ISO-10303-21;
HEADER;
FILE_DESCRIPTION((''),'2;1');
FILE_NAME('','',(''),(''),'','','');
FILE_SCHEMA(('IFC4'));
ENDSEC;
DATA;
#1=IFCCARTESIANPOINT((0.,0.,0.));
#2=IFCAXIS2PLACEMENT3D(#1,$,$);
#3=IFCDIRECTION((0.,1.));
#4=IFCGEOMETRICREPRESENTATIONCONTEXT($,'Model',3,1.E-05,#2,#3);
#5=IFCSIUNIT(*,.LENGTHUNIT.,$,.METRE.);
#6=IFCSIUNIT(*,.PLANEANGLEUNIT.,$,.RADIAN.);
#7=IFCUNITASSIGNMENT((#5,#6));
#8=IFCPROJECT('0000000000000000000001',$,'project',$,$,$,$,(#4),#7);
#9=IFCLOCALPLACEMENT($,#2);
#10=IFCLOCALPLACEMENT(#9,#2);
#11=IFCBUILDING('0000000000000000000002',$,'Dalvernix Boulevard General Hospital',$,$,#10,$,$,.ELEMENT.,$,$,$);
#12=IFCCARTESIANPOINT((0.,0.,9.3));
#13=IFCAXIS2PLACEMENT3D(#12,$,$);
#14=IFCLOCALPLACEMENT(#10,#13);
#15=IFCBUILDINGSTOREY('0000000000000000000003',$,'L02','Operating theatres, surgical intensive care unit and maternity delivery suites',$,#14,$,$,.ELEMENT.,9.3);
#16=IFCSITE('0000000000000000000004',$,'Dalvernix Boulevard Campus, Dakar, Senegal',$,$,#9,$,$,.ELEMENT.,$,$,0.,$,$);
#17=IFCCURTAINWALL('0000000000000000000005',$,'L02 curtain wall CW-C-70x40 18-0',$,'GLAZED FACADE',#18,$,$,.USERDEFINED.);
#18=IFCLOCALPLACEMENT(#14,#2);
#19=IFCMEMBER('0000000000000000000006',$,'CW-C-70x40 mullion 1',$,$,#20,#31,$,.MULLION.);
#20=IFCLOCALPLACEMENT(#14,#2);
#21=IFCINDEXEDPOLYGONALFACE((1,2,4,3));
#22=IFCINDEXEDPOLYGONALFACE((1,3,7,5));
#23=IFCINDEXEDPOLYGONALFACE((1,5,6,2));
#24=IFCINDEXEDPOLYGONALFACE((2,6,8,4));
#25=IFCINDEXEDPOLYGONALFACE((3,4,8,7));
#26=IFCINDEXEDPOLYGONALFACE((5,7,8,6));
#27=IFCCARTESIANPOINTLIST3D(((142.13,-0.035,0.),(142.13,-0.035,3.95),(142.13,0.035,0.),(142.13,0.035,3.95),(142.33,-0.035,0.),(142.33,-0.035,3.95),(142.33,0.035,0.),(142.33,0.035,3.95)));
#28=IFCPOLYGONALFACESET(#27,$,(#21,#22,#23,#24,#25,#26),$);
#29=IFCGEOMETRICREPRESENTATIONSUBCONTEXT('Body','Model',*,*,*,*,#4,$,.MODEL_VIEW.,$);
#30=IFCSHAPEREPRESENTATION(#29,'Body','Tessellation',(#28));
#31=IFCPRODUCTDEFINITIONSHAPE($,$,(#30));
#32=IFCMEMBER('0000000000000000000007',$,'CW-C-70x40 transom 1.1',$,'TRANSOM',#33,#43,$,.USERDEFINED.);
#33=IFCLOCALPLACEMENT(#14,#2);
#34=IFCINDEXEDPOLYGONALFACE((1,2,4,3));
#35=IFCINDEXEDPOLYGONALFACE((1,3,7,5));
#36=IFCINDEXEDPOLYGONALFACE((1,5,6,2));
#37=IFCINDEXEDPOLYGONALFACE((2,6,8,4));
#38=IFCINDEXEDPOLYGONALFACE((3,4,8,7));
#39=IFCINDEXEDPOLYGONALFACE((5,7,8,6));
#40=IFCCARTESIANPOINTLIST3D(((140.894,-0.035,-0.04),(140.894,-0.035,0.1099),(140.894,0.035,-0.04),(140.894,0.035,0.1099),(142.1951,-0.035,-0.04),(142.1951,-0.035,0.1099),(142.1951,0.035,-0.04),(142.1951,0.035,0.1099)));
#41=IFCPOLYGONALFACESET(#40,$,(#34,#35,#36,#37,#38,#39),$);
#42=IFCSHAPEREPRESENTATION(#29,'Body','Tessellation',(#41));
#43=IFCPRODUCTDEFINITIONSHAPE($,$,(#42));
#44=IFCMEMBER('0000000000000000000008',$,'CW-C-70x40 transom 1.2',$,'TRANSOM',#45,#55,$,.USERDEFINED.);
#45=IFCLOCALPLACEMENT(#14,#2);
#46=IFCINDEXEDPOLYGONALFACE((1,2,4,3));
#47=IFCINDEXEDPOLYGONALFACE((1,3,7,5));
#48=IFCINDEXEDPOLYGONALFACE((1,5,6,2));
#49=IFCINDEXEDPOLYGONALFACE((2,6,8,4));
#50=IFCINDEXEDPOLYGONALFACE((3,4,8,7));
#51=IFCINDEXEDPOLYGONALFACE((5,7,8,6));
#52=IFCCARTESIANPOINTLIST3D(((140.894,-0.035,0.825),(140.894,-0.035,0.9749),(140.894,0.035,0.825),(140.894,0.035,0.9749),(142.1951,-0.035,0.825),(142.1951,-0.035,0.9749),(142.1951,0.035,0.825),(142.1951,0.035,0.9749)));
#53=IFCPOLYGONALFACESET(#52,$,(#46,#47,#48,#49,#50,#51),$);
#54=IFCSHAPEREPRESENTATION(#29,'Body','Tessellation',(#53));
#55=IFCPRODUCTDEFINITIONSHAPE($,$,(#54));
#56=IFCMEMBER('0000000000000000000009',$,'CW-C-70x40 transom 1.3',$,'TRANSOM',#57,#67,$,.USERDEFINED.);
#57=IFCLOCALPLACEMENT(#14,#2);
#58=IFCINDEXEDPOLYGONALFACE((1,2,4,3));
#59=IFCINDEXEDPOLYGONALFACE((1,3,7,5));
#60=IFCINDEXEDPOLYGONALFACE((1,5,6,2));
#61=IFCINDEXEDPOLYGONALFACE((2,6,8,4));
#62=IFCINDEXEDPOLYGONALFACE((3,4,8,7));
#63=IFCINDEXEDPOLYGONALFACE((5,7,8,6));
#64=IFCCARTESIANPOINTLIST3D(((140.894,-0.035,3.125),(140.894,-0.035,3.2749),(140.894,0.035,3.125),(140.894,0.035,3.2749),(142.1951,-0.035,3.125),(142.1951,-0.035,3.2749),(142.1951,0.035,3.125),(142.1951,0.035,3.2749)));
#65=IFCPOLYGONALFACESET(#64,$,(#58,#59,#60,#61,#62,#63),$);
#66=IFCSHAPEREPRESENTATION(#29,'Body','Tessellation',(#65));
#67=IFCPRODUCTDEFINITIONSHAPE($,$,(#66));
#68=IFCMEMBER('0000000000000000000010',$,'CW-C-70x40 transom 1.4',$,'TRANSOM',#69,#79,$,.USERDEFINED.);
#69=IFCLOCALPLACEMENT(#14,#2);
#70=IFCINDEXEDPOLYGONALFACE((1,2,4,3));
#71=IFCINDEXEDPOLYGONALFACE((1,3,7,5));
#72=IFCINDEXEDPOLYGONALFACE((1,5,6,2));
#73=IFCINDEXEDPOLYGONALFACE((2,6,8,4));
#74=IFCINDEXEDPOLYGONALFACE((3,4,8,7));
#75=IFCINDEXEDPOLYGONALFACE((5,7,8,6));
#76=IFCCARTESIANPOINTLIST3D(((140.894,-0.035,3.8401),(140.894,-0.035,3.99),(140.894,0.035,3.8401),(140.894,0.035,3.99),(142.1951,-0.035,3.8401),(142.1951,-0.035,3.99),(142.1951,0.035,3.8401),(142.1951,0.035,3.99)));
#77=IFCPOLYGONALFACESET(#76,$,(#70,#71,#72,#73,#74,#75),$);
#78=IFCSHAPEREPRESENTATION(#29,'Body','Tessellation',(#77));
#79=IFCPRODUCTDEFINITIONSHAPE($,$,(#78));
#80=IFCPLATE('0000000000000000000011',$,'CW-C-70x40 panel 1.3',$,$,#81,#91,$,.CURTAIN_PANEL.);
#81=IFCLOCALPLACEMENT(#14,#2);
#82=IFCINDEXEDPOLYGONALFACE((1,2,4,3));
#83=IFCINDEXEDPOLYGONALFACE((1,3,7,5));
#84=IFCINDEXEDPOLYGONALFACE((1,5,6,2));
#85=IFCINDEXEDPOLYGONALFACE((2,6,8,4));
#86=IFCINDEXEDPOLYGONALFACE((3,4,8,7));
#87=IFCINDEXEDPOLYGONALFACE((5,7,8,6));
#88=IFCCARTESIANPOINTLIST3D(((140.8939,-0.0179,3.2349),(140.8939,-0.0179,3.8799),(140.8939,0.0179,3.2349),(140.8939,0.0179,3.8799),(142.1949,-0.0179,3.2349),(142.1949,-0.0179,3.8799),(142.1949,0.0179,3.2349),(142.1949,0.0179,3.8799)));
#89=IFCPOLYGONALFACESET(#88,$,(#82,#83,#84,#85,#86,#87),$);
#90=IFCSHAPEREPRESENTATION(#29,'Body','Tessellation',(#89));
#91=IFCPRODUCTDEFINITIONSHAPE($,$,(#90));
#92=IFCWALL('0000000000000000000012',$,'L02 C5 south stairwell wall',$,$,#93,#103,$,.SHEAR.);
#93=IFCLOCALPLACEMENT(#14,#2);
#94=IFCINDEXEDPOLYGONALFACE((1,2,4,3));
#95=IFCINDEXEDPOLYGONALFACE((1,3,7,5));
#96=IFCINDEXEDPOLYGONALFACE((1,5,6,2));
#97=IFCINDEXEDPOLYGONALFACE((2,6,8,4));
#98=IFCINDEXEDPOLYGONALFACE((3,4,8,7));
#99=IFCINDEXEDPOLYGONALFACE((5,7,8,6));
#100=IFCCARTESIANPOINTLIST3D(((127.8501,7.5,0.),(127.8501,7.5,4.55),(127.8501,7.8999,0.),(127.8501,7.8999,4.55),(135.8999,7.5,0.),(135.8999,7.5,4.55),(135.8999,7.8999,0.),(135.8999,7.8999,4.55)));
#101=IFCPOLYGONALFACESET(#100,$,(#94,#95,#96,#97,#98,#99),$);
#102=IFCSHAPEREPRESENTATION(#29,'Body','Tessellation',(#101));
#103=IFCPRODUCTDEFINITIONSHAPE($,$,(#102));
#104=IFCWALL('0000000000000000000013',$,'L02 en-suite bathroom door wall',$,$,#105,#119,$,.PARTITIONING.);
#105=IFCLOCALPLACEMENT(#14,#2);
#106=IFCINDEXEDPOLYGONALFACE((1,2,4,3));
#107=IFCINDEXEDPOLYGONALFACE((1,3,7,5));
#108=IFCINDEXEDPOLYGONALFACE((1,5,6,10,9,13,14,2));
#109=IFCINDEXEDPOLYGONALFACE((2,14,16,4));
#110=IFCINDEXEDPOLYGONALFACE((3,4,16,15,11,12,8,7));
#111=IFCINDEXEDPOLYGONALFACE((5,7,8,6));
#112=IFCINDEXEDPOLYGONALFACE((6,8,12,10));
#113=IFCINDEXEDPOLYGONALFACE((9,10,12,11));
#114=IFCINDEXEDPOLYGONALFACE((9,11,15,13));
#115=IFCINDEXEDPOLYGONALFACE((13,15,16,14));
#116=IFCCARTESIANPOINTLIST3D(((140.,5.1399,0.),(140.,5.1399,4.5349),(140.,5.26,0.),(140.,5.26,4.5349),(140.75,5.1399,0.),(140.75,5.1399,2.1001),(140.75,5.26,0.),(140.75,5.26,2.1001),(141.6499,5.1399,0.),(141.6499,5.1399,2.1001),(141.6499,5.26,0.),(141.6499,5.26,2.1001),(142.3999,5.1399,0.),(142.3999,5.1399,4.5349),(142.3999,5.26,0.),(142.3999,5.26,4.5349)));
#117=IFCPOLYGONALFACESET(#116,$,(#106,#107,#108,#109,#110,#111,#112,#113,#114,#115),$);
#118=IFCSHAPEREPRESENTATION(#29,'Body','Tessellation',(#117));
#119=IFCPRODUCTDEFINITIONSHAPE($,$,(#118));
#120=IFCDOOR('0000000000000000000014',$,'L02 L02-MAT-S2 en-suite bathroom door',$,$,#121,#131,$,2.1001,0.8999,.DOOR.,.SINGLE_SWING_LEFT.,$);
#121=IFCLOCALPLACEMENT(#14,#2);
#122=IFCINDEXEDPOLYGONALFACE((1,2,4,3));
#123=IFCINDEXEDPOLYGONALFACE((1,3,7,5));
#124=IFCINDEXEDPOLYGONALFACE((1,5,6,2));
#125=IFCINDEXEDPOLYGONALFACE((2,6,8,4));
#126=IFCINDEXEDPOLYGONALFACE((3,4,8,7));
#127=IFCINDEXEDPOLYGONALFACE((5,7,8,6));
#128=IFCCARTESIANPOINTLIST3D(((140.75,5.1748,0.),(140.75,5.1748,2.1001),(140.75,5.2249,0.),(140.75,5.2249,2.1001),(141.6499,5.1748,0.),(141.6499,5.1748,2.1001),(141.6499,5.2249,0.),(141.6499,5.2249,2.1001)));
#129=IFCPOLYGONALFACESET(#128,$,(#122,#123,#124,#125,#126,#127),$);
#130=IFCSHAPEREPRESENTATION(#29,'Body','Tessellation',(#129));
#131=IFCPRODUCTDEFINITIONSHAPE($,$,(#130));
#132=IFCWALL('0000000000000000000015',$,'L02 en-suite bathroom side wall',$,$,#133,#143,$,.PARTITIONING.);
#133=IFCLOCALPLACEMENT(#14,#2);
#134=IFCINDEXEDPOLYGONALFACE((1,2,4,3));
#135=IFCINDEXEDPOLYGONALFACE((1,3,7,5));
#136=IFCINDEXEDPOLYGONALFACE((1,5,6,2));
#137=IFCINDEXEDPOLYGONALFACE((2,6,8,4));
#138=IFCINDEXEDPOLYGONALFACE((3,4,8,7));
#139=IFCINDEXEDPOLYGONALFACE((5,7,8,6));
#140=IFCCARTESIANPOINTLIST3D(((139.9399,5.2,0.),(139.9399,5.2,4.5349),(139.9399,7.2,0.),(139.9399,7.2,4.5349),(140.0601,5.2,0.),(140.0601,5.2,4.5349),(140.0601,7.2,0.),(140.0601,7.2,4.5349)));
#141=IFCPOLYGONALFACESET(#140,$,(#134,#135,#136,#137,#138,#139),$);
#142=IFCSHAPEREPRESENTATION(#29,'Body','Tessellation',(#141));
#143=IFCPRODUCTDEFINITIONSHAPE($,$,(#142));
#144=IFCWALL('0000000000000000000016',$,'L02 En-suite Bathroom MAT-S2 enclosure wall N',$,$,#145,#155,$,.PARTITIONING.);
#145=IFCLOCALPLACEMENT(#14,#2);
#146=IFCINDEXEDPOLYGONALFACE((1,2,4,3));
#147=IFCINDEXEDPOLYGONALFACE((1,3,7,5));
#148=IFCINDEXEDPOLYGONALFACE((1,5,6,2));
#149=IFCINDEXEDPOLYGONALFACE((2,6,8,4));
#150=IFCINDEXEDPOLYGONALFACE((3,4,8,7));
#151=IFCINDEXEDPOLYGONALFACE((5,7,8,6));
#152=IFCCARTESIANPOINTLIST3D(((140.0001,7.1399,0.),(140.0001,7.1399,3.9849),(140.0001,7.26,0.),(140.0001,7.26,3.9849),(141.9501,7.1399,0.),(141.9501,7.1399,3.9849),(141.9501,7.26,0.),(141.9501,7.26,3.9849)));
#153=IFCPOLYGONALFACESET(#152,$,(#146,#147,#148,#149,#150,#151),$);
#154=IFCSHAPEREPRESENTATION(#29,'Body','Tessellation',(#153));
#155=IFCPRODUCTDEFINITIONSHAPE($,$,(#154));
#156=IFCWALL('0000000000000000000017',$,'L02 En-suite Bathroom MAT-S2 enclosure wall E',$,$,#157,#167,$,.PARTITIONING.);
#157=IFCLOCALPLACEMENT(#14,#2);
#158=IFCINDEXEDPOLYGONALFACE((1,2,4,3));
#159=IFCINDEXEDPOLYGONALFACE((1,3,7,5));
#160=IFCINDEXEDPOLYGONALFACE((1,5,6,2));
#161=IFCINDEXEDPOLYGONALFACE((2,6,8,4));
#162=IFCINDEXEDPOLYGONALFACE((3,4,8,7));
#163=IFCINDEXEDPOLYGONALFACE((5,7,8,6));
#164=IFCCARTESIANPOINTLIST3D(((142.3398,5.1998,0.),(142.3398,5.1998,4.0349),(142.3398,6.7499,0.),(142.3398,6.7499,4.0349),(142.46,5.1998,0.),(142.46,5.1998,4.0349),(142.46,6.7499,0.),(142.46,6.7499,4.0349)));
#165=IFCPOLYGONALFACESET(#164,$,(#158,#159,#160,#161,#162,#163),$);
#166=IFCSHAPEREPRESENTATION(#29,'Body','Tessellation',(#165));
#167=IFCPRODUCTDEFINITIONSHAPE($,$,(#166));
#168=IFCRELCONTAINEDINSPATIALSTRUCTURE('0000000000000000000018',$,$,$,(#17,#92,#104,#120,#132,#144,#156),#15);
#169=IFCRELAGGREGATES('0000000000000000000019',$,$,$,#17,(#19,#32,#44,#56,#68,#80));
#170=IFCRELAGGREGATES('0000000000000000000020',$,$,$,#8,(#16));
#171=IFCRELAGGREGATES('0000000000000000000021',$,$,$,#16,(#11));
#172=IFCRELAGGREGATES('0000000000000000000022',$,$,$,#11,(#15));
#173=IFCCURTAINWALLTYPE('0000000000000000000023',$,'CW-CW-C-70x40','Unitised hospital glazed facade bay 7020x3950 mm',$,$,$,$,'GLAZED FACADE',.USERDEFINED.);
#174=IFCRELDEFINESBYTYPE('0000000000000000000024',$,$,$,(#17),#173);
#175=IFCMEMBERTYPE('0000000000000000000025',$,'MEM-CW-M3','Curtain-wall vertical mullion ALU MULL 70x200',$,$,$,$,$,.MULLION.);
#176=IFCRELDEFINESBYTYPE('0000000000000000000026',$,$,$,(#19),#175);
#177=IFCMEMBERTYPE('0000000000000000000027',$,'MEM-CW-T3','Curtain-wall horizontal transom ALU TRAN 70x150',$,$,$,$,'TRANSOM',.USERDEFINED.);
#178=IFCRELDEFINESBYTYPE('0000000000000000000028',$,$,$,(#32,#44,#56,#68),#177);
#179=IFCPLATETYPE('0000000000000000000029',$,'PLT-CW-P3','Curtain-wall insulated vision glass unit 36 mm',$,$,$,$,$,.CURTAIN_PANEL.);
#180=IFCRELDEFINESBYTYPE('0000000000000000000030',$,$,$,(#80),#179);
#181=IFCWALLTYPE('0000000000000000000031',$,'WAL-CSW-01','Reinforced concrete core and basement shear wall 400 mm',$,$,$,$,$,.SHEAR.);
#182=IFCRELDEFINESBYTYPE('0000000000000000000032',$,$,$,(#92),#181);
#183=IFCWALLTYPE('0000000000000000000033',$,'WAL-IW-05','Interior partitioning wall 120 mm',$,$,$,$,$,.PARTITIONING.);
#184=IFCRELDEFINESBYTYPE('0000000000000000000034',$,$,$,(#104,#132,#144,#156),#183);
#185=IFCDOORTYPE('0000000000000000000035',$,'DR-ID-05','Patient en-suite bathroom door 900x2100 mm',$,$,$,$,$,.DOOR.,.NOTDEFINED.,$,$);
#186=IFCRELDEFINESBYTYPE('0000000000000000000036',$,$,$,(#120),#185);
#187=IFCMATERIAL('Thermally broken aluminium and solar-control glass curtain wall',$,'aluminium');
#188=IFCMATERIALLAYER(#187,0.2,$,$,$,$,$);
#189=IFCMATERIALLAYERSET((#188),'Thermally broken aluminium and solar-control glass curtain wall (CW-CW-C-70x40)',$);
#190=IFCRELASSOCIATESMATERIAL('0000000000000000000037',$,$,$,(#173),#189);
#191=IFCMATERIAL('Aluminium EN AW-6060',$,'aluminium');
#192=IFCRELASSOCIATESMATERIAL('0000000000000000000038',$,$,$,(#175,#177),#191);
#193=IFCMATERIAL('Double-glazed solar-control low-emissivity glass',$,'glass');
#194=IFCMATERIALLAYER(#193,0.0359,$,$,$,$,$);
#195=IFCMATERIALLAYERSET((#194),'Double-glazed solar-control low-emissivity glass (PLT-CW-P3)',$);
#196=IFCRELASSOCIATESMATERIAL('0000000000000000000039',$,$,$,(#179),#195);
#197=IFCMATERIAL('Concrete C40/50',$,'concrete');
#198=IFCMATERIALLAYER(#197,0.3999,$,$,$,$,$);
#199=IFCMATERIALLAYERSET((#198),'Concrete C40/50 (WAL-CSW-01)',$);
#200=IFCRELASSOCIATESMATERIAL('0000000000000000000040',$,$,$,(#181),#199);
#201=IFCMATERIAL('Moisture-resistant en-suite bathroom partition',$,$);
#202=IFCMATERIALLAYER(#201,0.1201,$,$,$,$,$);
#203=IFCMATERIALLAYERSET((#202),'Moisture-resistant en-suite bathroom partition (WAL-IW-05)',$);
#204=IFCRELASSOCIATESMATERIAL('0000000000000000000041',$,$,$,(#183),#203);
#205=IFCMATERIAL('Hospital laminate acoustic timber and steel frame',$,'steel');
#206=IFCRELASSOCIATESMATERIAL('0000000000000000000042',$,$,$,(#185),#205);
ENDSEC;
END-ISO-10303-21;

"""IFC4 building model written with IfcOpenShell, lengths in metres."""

from ifc_helpers import new_model, si_unit, direction, frame, frame_2d, origin, origin_2d, place, context, subcontext, project, spatial, rectangle, extrude, material, layer, layer_set, material_profile, profile_set, type_object, element, fill, aggregate, save


model = new_model("IFC4")

# Units and contexts
model_context = context("Model", 3, precision=1e-05, world=origin(), true_north=direction((0.0, 1.0)))
body_context = subcontext(model_context, "Body", "Model", "MODEL_VIEW")
ifc_project = project(units=[si_unit("LENGTHUNIT", "METRE"), si_unit("PLANEANGLEUNIT", "RADIAN")], contexts=[model_context])

# Site, building, storey
site_placement = place(None, origin())
site = spatial("IfcSite", under=ifc_project, at=site_placement, Name="Dalvernix Boulevard Campus, Dakar, Senegal", CompositionType="ELEMENT", RefElevation=0.0)
building_placement = place(site_placement, origin())
building = spatial("IfcBuilding", under=site, at=building_placement, Name="Dalvernix Boulevard General Hospital", CompositionType="ELEMENT")
storey_placement = place(building_placement, frame((0.0, 0.0, 9.3)))
storey = spatial("IfcBuildingStorey", under=building, at=storey_placement, Name="L02", Description="Operating theatres, surgical intensive care unit and maternity delivery suites", CompositionType="ELEMENT", Elevation=9.3)

# Shared definitions
ifc_material_1 = material(Name="Concrete C40/50", Category="concrete")

# Curtain wall, members, plate
ifc_material_2 = material(Name="Thermally broken aluminium and solar-control glass curtain wall", Category="aluminium")
ifc_layer_1 = layer(ifc_material_2, 0.2)
ifc_layer_set_1 = layer_set([ifc_layer_1], Name="Thermally broken aluminium and solar-control glass curtain wall (CW-CW-C-70x40)")
curtain_wall_type = type_object("IfcCurtainWallType", Name="CW-CW-C-70x40", Description="Unitised hospital glazed facade bay 7020x3950 mm", ElementType="GLAZED FACADE", PredefinedType="USERDEFINED", material=ifc_layer_set_1)
curtain_wall_placement = place(storey_placement, origin())
curtain_wall = element("IfcCurtainWall", 1, at=curtain_wall_placement, inside=storey, type_object=curtain_wall_type, Name="L02 curtain wall CW-C-70x40 18-0", ObjectType="GLAZED FACADE", PredefinedType="USERDEFINED")
ifc_material_3 = material(Name="Aluminium EN AW-6060", Category="aluminium")
ifc_material_profile_1 = material_profile(ifc_material_3, rectangle(XDim=0.0701, YDim=0.2, at=origin_2d()), Name="ALU MULL 70x200")
ifc_profile_set_1 = profile_set([ifc_material_profile_1], Name="Aluminium EN AW-6060")
member_type_1 = type_object("IfcMemberType", Name="MEM-CW-M3", Description="Curtain-wall vertical mullion ALU MULL 70x200", PredefinedType="MULLION", material=ifc_profile_set_1)
member_1_placement = place(storey_placement, frame((142.23, 0.0, 0.0), z_axis=(0.0, 0.0, 1.0), x_axis=(0.0, -1.0, 0.0)))
member_1 = element("IfcMember", 2, at=member_1_placement, type_object=member_type_1, Name="CW-C-70x40 mullion 1", PredefinedType="MULLION", context=body_context, shape_type="SweptSolid", body=[
    extrude(rectangle(XDim=0.0701, YDim=0.2, at=origin_2d()), origin(), (0.0, 0.0, 1.0), 3.95),
])
ifc_material_profile_2 = material_profile(ifc_material_3, rectangle(XDim=0.0701, YDim=0.1499, at=origin_2d()), Name="ALU TRAN 70x150")
ifc_profile_set_2 = profile_set([ifc_material_profile_2], Name="Aluminium EN AW-6060")
member_type_2 = type_object("IfcMemberType", Name="MEM-CW-T3", Description="Curtain-wall horizontal transom ALU TRAN 70x150", ElementType="TRANSOM", PredefinedType="USERDEFINED", material=ifc_profile_set_2)
member_2_placement = place(storey_placement, frame((142.1951, 0.0, 0.0349), z_axis=(-1.0, 0.0, 0.0), x_axis=(0.0, -1.0, 0.0)))
member_2 = element("IfcMember", 3, at=member_2_placement, type_object=member_type_2, Name="CW-C-70x40 transom 1.1", ObjectType="TRANSOM", PredefinedType="USERDEFINED", context=body_context, shape_type="SweptSolid", body=[
    extrude(rectangle(XDim=0.0701, YDim=0.1499, at=origin_2d()), origin(), (0.0, 0.0, 1.0), 1.301),
])
member_3_placement = place(storey_placement, frame((142.1951, 0.0, 0.8999), z_axis=(-1.0, 0.0, 0.0), x_axis=(0.0, -1.0, 0.0)))
member_3 = element("IfcMember", 4, at=member_3_placement, type_object=member_type_2, Name="CW-C-70x40 transom 1.2", ObjectType="TRANSOM", PredefinedType="USERDEFINED", context=body_context, shape_type="SweptSolid", body=[
    extrude(rectangle(XDim=0.0701, YDim=0.1499, at=origin_2d()), origin(), (0.0, 0.0, 1.0), 1.301),
])
member_4_placement = place(storey_placement, frame((142.1951, 0.0, 3.2), z_axis=(-1.0, 0.0, 0.0), x_axis=(0.0, -1.0, 0.0)))
member_4 = element("IfcMember", 5, at=member_4_placement, type_object=member_type_2, Name="CW-C-70x40 transom 1.3", ObjectType="TRANSOM", PredefinedType="USERDEFINED", context=body_context, shape_type="SweptSolid", body=[
    extrude(rectangle(XDim=0.0701, YDim=0.1499, at=origin_2d()), origin(), (0.0, 0.0, 1.0), 1.301),
])
member_5_placement = place(storey_placement, frame((142.1951, 0.0, 3.915), z_axis=(-1.0, 0.0, 0.0), x_axis=(0.0, -1.0, 0.0)))
member_5 = element("IfcMember", 6, at=member_5_placement, type_object=member_type_2, Name="CW-C-70x40 transom 1.4", ObjectType="TRANSOM", PredefinedType="USERDEFINED", context=body_context, shape_type="SweptSolid", body=[
    extrude(rectangle(XDim=0.0701, YDim=0.1499, at=origin_2d()), origin(), (0.0, 0.0, 1.0), 1.301),
])
ifc_material_4 = material(Name="Double-glazed solar-control low-emissivity glass", Category="glass")
ifc_layer_2 = layer(ifc_material_4, 0.0359)
ifc_layer_set_2 = layer_set([ifc_layer_2], Name="Double-glazed solar-control low-emissivity glass (PLT-CW-P3)")
plate_type = type_object("IfcPlateType", Name="PLT-CW-P3", Description="Curtain-wall insulated vision glass unit 36 mm", PredefinedType="CURTAIN_PANEL", material=ifc_layer_set_2)
plate_placement = place(storey_placement, frame((141.5444, 0.0, 3.2349), z_axis=(0.0, 0.0, 1.0), x_axis=(-1.0, 0.0, 0.0)))
plate = element("IfcPlate", 7, at=plate_placement, type_object=plate_type, Name="CW-C-70x40 panel 1.3", PredefinedType="CURTAIN_PANEL", context=body_context, shape_type="SweptSolid", body=[
    extrude(rectangle(XDim=1.301, YDim=0.0359, at=origin_2d()), origin(), (0.0, 0.0, 1.0), 0.645),
])
aggregate(curtain_wall, [member_1, member_2, member_3, member_4, member_5, plate])

# Wall
ifc_layer_3 = layer(ifc_material_1, 0.3999)
ifc_layer_set_3 = layer_set([ifc_layer_3], Name="Concrete C40/50 (WAL-CSW-01)")
wall_type_1 = type_object("IfcWallType", Name="WAL-CSW-01", Description="Reinforced concrete core and basement shear wall 400 mm", PredefinedType="SHEAR", material=ifc_layer_set_3)
wall_1_placement = place(storey_placement, frame((127.8501, 7.7, 0.0), z_axis=(0.0, 0.0, 1.0), x_axis=(1.0, 0.0, 0.0)))
element("IfcWall", 8, at=wall_1_placement, inside=storey, type_object=wall_type_1, Name="L02 C5 south stairwell wall", PredefinedType="SHEAR", context=body_context, shape_type="SweptSolid", body=[
    extrude(rectangle(XDim=8.0498, YDim=0.3999, at=frame_2d((4.0249, 0.0))), origin(), (0.0, 0.0, 1.0), 4.55),
])

# Wall, opening, door
ifc_material_5 = material(Name="Moisture-resistant en-suite bathroom partition")
ifc_layer_4 = layer(ifc_material_5, 0.1201)
ifc_layer_set_4 = layer_set([ifc_layer_4], Name="Moisture-resistant en-suite bathroom partition (WAL-IW-05)")
wall_type_2 = type_object("IfcWallType", Name="WAL-IW-05", Description="Interior partitioning wall 120 mm", PredefinedType="PARTITIONING", material=ifc_layer_set_4)
wall_2_placement = place(storey_placement, frame((140.0, 5.2, 0.0), z_axis=(0.0, 0.0, 1.0), x_axis=(1.0, 0.0, 0.0)))
wall_2 = element("IfcWall", 9, at=wall_2_placement, inside=storey, type_object=wall_type_2, Name="L02 en-suite bathroom door wall", PredefinedType="PARTITIONING", context=body_context, shape_type="SweptSolid", body=[
    extrude(rectangle(XDim=2.3999, YDim=0.1201, at=frame_2d((1.2, 0.0))), origin(), (0.0, 0.0, 1.0), 4.5349),
])
opening_placement = place(wall_2_placement, frame((0.75, 0.0, 0.0)))
opening = element("IfcOpeningElement", 10, at=opening_placement, cuts=wall_2, PredefinedType="OPENING", context=body_context, shape_type="SweptSolid", body=[
    extrude(rectangle(XDim=0.8999, YDim=2.1001, at=frame_2d((0.45, 1.05))), frame((0.0, 0.0701, 0.0), z_axis=(0.0, -1.0, 0.0), x_axis=(1.0, 0.0, 0.0)), (0.0, 0.0, 1.0), 0.1401),
])
ifc_material_6 = material(Name="Hospital laminate acoustic timber and steel frame", Category="steel")
door_type = type_object("IfcDoorType", Name="DR-ID-05", Description="Patient en-suite bathroom door 900x2100 mm", OperationType="NOTDEFINED", PredefinedType="DOOR", material=ifc_material_6)
door_placement = place(opening_placement, origin())
door = element("IfcDoor", 11, at=door_placement, inside=storey, type_object=door_type, Name="L02 L02-MAT-S2 en-suite bathroom door", OperationType="SINGLE_SWING_LEFT", OverallHeight=2.1001, OverallWidth=0.8999, PredefinedType="DOOR", context=body_context, shape_type="SweptSolid", body=[
    extrude(rectangle(XDim=0.8999, YDim=2.1001, at=frame_2d((0.45, 1.05))), frame((0.0, 0.0249, 0.0), z_axis=(0.0, -1.0, 0.0), x_axis=(1.0, 0.0, 0.0)), (0.0, 0.0, 1.0), 0.05),
])
fill(opening, door)

# Walls
wall_3_placement = place(storey_placement, frame((140.0, 5.2, 0.0), z_axis=(0.0, 0.0, 1.0), x_axis=(0.0, 1.0, 0.0)))
element("IfcWall", 12, at=wall_3_placement, inside=storey, type_object=wall_type_2, Name="L02 en-suite bathroom side wall", PredefinedType="PARTITIONING", context=body_context, shape_type="SweptSolid", body=[
    extrude(rectangle(XDim=2.0, YDim=0.1201, at=frame_2d((1.0, 0.0))), origin(), (0.0, 0.0, 1.0), 4.5349),
])
wall_4_placement = place(storey_placement, frame((140.0, 7.2, 0.0), z_axis=(0.0, 0.0, 1.0), x_axis=(1.0, 0.0, 0.0)))
element("IfcWall", 13, at=wall_4_placement, inside=storey, type_object=wall_type_2, Name="L02 En-suite Bathroom MAT-S2 enclosure wall N", PredefinedType="PARTITIONING", context=body_context, shape_type="SweptSolid", body=[
    extrude(rectangle(XDim=1.95, YDim=0.1201, at=frame_2d((0.9751, 0.0))), origin(), (0.0, 0.0, 1.0), 3.9849),
])
wall_5_placement = place(storey_placement, frame((142.3999, 5.2, 0.0), z_axis=(0.0, 0.0, 1.0), x_axis=(0.0, 1.0, 0.0)))
element("IfcWall", 14, at=wall_5_placement, inside=storey, type_object=wall_type_2, Name="L02 En-suite Bathroom MAT-S2 enclosure wall E", PredefinedType="PARTITIONING", context=body_context, shape_type="SweptSolid", body=[
    extrude(rectangle(XDim=1.55, YDim=0.1201, at=frame_2d((0.7749, 0.0))), origin(), (0.0, 0.0, 1.0), 4.0349),
])

save(model, "model.ifc")
